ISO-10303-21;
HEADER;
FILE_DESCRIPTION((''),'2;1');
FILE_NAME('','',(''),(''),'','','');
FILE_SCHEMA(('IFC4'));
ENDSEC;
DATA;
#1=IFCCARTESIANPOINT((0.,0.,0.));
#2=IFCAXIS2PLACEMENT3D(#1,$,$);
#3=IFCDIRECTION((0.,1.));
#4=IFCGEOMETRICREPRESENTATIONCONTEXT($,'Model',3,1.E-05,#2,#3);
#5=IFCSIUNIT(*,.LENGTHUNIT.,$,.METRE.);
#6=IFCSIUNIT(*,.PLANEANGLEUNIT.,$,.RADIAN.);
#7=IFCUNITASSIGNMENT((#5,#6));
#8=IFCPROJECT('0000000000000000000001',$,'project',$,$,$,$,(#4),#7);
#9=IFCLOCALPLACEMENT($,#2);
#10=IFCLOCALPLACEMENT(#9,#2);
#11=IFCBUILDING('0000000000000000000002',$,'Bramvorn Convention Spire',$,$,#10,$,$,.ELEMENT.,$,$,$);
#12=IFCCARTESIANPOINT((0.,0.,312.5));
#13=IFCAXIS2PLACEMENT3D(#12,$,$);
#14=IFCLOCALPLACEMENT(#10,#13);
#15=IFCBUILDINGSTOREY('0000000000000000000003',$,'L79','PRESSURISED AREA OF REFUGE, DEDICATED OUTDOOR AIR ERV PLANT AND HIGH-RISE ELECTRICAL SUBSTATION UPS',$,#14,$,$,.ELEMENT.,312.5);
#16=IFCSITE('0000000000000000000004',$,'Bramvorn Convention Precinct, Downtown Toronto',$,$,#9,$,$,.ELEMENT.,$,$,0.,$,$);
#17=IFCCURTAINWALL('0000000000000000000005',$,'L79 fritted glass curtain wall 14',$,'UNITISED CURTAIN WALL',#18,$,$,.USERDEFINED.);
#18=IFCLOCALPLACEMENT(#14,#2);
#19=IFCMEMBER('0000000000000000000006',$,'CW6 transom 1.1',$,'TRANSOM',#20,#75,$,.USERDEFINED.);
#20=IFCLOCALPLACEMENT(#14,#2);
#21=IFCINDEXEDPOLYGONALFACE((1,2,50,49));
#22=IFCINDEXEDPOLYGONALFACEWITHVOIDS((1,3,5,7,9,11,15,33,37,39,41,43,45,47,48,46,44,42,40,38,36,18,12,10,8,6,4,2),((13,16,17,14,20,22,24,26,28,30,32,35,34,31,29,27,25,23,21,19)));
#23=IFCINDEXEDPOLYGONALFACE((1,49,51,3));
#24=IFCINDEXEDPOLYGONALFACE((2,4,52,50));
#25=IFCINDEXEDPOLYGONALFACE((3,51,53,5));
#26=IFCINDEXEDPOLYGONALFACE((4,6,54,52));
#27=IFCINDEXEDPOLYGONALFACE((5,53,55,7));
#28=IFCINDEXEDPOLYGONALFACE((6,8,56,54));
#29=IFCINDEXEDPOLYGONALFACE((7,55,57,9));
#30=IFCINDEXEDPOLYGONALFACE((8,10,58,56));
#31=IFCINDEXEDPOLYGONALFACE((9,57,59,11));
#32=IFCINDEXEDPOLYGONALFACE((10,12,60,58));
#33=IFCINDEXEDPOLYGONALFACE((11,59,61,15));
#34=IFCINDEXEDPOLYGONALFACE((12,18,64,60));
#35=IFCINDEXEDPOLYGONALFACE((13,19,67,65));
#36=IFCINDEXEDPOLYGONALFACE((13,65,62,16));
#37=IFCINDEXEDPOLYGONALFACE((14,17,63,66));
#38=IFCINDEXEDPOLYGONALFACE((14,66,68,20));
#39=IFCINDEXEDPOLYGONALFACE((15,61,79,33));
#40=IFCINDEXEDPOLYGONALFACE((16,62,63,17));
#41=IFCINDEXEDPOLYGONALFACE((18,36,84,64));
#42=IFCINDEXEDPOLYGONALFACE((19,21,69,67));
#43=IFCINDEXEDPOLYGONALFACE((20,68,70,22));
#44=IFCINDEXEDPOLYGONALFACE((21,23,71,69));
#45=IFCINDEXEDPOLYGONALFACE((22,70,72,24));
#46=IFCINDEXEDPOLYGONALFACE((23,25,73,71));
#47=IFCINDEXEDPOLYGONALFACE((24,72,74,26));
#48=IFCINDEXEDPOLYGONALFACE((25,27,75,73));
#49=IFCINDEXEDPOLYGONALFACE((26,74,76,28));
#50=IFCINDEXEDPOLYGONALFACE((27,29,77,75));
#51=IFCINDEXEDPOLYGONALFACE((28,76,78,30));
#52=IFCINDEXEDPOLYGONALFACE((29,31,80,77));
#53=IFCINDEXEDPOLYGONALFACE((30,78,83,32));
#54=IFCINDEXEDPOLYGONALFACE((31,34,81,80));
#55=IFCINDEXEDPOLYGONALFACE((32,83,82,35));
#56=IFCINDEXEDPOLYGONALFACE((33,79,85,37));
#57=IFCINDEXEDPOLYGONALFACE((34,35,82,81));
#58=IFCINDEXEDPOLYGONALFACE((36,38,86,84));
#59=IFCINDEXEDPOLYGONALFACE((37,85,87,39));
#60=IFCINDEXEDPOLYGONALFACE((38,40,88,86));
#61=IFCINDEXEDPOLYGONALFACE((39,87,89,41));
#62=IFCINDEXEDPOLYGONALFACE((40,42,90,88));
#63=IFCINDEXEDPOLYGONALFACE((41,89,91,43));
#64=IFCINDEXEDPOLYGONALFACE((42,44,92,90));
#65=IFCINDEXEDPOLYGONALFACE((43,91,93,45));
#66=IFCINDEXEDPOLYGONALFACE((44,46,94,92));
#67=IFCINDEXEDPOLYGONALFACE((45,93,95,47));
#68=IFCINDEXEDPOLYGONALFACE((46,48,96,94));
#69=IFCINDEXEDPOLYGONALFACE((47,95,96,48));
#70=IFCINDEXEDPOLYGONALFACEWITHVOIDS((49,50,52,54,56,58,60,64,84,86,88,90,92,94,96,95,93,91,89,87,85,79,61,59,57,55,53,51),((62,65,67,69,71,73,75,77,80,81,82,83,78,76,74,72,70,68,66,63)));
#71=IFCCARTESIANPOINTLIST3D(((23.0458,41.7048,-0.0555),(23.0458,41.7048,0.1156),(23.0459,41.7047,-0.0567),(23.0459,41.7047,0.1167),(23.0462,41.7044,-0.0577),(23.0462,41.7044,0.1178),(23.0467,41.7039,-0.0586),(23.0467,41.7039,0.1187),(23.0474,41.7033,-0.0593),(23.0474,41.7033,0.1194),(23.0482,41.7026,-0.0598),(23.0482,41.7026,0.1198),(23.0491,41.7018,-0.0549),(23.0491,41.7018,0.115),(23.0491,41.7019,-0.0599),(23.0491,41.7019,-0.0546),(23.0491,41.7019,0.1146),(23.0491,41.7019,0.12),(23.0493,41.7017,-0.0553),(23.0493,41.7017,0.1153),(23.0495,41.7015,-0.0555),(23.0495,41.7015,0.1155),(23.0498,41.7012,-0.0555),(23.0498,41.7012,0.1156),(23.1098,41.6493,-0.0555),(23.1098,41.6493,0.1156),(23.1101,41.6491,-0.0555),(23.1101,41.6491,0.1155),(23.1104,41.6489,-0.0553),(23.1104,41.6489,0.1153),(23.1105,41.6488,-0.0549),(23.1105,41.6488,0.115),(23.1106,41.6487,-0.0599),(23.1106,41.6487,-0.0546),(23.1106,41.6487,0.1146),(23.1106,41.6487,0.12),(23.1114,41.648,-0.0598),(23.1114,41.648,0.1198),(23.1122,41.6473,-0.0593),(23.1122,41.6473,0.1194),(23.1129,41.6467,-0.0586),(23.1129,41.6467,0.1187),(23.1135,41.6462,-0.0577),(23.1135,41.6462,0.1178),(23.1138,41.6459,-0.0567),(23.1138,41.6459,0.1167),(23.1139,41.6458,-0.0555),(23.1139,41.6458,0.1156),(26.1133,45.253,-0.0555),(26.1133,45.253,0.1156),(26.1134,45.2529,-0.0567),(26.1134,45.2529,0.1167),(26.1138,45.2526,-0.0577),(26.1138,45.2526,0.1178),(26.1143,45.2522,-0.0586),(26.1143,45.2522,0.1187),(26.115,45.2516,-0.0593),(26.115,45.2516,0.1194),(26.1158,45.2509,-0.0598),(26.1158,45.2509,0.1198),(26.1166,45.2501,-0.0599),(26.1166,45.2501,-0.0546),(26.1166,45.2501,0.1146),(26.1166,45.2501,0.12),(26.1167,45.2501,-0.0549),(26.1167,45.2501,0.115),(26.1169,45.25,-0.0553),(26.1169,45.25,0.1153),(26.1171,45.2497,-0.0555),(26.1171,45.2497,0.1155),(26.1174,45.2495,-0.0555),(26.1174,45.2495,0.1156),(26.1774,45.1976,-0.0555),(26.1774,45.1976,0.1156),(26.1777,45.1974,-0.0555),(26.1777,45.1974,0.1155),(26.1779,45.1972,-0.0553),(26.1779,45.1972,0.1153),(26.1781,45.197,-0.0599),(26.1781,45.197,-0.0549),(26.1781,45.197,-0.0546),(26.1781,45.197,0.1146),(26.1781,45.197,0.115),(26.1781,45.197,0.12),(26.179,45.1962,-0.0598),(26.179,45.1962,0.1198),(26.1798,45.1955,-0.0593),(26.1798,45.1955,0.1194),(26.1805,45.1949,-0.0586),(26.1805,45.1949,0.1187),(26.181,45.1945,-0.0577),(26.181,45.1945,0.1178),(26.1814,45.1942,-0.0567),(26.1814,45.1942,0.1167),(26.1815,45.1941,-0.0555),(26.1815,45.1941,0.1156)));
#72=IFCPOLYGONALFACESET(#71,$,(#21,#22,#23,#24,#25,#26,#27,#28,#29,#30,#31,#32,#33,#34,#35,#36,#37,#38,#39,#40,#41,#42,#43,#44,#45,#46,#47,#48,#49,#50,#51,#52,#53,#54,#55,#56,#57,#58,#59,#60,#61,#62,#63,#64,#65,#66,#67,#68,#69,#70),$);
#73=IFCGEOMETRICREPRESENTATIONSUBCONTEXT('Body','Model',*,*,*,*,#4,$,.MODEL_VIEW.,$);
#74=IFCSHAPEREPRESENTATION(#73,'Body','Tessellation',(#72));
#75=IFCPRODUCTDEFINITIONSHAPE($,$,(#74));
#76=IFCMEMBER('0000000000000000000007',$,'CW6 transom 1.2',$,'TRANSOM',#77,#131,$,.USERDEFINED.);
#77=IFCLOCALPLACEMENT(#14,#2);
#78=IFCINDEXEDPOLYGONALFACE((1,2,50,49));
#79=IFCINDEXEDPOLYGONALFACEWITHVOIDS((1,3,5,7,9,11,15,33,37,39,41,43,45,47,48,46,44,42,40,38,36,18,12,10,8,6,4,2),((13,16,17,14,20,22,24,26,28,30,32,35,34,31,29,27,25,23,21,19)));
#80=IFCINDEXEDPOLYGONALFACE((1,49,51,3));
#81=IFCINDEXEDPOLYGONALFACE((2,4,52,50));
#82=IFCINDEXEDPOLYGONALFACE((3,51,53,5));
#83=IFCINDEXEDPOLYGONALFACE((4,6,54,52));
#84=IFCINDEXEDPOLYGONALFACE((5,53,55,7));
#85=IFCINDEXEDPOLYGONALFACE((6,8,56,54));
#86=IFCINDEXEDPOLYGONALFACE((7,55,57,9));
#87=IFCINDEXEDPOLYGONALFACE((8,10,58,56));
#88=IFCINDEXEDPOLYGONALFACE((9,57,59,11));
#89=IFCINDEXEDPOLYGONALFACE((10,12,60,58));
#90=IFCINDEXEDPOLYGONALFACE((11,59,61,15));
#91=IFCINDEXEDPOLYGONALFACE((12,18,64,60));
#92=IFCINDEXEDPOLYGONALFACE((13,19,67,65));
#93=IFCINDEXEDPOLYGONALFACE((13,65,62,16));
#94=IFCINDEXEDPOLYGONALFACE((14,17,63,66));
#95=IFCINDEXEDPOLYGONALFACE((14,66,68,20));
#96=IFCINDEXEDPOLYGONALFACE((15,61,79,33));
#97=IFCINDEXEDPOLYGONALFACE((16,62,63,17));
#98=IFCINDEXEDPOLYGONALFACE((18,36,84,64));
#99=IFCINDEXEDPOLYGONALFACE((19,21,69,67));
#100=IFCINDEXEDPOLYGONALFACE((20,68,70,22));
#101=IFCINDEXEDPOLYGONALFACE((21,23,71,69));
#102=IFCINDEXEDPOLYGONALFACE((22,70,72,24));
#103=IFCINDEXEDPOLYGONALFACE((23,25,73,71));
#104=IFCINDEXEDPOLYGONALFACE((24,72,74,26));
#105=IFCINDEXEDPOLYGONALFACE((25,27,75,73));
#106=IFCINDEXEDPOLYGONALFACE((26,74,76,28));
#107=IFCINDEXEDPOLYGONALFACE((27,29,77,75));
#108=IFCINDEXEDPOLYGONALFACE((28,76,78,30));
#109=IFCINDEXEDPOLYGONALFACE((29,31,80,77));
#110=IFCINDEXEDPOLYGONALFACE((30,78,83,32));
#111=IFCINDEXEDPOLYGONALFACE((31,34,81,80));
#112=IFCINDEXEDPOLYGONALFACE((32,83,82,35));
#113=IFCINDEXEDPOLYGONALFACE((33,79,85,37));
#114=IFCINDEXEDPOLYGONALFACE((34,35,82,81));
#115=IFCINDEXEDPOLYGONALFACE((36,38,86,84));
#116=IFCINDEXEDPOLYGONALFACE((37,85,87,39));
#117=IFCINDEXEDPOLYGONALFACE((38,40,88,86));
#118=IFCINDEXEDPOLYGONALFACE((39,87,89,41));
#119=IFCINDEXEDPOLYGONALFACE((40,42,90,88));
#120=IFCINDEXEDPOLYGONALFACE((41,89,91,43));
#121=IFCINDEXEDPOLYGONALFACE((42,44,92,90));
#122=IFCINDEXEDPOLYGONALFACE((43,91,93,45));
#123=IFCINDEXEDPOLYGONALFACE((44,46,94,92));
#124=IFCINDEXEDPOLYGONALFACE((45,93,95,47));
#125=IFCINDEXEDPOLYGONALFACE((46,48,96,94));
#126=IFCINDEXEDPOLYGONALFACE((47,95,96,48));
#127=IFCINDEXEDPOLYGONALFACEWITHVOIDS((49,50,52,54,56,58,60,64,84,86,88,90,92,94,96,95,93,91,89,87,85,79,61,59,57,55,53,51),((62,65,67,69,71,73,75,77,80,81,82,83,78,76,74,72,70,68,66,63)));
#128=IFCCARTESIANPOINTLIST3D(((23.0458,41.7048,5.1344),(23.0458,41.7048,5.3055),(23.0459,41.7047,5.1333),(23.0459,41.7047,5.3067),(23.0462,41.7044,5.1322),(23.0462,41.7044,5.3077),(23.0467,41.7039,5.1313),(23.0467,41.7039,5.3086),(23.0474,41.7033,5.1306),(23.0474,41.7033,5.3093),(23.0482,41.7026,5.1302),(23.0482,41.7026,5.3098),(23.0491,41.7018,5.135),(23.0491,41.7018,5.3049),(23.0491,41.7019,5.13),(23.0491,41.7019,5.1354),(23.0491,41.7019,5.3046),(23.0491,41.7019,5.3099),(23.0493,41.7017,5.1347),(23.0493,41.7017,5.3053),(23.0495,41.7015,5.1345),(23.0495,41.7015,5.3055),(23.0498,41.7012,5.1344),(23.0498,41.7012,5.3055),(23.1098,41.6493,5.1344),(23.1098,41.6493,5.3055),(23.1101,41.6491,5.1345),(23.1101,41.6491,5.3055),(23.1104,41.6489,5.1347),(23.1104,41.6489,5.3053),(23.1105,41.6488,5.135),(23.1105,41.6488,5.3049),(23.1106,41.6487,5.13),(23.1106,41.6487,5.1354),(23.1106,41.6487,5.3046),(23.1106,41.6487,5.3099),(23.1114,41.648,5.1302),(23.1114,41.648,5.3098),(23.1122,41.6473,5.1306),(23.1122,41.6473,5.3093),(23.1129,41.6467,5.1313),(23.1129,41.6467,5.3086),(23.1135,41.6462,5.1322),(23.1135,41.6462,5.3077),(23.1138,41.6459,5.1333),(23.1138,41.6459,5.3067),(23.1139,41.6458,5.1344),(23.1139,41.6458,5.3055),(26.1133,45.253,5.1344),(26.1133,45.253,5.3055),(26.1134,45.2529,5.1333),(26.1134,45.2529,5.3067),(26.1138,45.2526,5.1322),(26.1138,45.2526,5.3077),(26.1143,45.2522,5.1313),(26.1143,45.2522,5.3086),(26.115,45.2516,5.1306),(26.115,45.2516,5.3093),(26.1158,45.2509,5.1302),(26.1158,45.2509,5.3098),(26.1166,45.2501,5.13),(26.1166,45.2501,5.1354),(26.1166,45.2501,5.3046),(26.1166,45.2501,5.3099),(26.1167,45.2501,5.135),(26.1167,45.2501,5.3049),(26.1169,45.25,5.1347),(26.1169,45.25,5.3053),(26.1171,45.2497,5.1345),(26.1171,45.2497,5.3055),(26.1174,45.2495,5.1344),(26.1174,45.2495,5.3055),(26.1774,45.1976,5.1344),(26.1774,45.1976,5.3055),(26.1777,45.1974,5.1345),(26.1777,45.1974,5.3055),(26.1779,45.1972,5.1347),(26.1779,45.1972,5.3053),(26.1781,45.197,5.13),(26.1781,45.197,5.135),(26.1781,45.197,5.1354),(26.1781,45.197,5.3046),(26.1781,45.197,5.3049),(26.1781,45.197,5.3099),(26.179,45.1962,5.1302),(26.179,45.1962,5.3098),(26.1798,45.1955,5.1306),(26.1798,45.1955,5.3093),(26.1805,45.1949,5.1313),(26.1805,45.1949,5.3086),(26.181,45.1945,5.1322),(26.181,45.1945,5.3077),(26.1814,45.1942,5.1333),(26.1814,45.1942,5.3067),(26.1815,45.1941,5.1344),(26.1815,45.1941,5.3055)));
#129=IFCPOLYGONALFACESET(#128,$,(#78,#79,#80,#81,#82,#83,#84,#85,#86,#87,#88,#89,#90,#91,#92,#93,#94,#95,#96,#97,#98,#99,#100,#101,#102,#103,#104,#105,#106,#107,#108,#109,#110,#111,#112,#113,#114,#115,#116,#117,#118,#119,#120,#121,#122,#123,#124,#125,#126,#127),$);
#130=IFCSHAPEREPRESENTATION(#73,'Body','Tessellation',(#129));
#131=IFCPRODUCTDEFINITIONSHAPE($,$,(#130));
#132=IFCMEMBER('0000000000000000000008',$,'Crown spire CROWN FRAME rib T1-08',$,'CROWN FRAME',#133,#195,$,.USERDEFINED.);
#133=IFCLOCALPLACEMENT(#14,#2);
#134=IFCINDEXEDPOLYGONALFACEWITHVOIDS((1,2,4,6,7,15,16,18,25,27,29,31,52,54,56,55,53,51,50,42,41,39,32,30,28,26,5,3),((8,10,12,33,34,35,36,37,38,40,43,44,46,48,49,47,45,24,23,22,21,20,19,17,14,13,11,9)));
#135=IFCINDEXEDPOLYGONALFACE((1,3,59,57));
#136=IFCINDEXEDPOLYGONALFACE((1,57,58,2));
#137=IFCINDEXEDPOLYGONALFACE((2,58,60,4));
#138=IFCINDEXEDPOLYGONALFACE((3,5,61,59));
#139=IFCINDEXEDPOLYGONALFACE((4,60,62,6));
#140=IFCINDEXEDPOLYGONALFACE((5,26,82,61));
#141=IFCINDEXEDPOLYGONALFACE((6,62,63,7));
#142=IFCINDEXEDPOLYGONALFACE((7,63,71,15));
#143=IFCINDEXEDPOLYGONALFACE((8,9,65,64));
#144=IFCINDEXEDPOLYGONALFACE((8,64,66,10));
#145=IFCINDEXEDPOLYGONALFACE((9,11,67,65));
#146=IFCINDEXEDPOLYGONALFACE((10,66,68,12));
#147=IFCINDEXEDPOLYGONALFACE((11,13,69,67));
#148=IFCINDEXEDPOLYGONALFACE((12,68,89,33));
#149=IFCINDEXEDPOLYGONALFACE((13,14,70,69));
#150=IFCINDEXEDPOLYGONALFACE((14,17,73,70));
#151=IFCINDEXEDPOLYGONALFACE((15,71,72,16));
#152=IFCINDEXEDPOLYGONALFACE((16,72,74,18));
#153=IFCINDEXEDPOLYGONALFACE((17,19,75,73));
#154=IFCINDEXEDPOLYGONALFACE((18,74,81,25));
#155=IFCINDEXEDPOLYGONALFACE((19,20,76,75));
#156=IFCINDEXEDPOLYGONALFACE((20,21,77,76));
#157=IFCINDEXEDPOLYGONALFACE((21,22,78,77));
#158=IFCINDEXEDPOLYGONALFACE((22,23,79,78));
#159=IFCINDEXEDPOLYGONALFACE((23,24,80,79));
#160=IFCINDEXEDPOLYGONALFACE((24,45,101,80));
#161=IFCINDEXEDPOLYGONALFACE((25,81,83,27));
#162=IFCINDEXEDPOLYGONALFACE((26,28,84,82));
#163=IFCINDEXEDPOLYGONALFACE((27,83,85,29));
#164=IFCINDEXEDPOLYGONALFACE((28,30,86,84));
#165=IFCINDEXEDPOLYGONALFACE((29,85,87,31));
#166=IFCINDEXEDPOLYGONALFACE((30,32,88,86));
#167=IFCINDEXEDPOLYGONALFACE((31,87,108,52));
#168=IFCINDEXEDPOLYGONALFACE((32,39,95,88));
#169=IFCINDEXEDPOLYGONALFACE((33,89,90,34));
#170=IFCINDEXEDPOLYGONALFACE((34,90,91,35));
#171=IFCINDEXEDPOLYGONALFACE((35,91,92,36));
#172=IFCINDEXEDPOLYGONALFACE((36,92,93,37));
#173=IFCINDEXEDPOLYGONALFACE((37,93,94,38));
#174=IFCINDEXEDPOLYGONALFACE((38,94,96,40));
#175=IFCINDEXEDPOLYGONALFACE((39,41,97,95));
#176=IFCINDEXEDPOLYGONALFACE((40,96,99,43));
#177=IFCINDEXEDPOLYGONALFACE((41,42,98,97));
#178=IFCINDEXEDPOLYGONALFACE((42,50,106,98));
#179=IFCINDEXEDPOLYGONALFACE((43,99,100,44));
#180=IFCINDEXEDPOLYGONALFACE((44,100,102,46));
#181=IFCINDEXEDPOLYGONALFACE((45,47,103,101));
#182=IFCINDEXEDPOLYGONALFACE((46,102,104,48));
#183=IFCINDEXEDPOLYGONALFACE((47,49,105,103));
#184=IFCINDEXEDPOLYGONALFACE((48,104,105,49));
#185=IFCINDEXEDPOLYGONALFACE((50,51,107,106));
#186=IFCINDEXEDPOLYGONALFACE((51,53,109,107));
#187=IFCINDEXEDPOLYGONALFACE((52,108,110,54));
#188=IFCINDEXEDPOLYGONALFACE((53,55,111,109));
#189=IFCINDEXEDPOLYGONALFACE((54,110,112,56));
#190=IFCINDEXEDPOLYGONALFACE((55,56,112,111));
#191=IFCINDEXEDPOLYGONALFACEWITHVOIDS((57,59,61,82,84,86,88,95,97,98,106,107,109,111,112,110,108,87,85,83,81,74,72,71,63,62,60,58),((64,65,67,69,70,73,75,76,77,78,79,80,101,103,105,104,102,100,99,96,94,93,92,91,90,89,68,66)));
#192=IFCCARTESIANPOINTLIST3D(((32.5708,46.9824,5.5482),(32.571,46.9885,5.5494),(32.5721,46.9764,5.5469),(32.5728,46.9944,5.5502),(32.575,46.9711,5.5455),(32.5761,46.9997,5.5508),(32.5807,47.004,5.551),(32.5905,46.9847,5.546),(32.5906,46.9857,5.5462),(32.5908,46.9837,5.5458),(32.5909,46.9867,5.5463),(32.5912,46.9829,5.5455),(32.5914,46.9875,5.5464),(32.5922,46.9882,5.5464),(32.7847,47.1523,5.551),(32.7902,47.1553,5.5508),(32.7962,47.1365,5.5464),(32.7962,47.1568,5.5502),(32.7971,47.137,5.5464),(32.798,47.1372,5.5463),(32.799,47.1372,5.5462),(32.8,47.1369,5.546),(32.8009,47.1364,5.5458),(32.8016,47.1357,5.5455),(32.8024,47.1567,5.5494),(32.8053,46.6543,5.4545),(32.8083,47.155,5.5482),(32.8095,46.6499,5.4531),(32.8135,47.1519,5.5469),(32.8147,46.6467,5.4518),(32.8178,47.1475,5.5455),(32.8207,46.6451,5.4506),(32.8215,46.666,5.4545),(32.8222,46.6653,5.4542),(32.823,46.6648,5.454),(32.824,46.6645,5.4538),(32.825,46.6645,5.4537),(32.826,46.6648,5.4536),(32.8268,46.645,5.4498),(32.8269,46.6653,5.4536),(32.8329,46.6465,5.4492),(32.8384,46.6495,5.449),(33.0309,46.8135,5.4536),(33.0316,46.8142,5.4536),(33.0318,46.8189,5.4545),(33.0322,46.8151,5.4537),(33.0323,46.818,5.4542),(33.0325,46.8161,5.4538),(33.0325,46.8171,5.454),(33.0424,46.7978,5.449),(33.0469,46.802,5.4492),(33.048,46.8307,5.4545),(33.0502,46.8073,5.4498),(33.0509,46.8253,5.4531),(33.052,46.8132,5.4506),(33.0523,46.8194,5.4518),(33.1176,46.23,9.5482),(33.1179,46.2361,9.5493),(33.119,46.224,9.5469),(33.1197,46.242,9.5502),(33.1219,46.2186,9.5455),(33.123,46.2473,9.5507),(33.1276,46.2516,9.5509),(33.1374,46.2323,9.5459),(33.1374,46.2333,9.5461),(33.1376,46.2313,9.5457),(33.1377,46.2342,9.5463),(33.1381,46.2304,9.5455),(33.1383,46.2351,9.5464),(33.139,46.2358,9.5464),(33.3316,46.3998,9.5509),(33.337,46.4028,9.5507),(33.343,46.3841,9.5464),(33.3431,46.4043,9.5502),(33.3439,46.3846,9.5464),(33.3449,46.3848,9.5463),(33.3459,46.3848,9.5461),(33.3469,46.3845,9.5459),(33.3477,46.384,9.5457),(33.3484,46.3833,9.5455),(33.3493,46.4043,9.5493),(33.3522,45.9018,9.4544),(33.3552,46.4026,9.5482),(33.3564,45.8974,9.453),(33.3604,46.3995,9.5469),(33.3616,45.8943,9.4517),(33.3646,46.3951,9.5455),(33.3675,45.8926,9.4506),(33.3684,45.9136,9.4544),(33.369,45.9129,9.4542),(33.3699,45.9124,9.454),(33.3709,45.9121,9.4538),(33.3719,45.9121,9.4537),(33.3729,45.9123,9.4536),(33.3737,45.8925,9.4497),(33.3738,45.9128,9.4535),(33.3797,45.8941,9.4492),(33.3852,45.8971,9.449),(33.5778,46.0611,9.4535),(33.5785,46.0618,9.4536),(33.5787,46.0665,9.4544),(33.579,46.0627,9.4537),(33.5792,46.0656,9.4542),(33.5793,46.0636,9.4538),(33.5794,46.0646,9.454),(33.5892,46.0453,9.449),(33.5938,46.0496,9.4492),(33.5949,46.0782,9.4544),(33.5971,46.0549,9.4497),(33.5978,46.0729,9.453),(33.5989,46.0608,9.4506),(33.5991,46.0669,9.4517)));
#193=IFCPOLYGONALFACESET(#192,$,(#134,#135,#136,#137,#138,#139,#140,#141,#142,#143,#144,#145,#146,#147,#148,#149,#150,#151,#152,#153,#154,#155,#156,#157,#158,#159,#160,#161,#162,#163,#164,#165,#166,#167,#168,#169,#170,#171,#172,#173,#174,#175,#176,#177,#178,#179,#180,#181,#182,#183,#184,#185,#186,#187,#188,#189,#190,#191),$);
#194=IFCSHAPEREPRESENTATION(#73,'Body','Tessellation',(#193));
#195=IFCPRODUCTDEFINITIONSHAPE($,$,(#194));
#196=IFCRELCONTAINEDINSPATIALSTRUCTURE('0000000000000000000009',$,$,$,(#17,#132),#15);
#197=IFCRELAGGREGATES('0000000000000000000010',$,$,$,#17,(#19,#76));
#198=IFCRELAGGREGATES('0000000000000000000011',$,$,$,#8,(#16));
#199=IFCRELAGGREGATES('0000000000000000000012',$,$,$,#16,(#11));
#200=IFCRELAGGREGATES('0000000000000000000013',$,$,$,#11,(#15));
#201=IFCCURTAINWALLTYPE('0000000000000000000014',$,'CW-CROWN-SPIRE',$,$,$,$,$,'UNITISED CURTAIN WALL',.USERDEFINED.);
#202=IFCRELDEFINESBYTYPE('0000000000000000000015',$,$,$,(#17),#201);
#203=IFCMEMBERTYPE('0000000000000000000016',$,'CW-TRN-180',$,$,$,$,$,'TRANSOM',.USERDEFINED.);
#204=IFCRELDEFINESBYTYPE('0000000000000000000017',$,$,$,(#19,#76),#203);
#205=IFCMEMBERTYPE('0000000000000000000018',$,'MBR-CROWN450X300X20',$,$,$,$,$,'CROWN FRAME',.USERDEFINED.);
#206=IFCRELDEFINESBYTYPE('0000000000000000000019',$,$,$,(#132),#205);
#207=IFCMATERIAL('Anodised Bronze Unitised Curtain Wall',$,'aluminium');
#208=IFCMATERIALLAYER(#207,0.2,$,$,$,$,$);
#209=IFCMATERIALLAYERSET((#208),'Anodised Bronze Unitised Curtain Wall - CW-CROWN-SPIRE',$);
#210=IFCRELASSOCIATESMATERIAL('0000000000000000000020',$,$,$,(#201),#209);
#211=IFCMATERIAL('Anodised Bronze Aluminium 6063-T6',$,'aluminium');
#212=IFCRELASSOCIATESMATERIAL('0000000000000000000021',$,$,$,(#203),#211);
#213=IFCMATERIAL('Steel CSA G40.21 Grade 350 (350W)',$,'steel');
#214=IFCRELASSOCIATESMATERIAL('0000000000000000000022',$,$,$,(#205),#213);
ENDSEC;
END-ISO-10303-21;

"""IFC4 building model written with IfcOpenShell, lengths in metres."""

from ifc_helpers import new_model, si_unit, direction, frame, origin, origin_2d, place, context, subcontext, project, spatial, hollow_rectangle, extrude, material, layer, layer_set, material_profile, profile_set, type_object, element, aggregate, save


model = new_model("IFC4")

# Units and contexts
model_context = context("Model", 3, precision=1e-05, world=origin(), true_north=direction((0.0, 1.0)))
body_context = subcontext(model_context, "Body", "Model", "MODEL_VIEW")
ifc_project = project(units=[si_unit("LENGTHUNIT", "METRE"), si_unit("PLANEANGLEUNIT", "RADIAN")], contexts=[model_context])

# Site, building, storey
site_placement = place(None, origin())
site = spatial("IfcSite", under=ifc_project, at=site_placement, Name="Bramvorn Convention Precinct, Downtown Toronto", CompositionType="ELEMENT", RefElevation=0.0)
building_placement = place(site_placement, origin())
building = spatial("IfcBuilding", under=site, at=building_placement, Name="Bramvorn Convention Spire", CompositionType="ELEMENT")
storey_placement = place(building_placement, frame((0.0, 0.0, 312.5)))
storey = spatial("IfcBuildingStorey", under=building, at=storey_placement, Name="L79", Description="PRESSURISED AREA OF REFUGE, DEDICATED OUTDOOR AIR ERV PLANT AND HIGH-RISE ELECTRICAL SUBSTATION UPS", CompositionType="ELEMENT", Elevation=312.5)

# Shared definitions
ifc_material_1 = material(Name="Steel CSA G40.21 Grade 350 (350W)", Category="steel")

# Shared definitions
ifc_material_2 = material(Name="Anodised Bronze Unitised Curtain Wall", Category="aluminium")
ifc_layer_1 = layer(ifc_material_2, 0.2)
ifc_layer_set_1 = layer_set([ifc_layer_1], Name="Anodised Bronze Unitised Curtain Wall - CW-CROWN-SPIRE")
curtain_wall_type = type_object("IfcCurtainWallType", Name="CW-CROWN-SPIRE", ElementType="UNITISED CURTAIN WALL", PredefinedType="USERDEFINED", material=ifc_layer_set_1)
ifc_material_3 = material(Name="Anodised Bronze Aluminium 6063-T6", Category="aluminium")

# Curtain wall
curtain_wall_1_placement = place(storey_placement, origin())
curtain_wall_1 = element("IfcCurtainWall", 1, at=curtain_wall_1_placement, inside=storey, type_object=curtain_wall_type, Name="L79 fritted glass curtain wall 14", ObjectType="UNITISED CURTAIN WALL", PredefinedType="USERDEFINED")

# Members
ifc_material_profile_1 = material_profile(ifc_material_3, hollow_rectangle(XDim=0.0901, YDim=0.1799, WallThickness=0.0044, InnerFilletRadius=0.001, OuterFilletRadius=0.0044, at=origin_2d()))
ifc_profile_set_1 = profile_set([ifc_material_profile_1], Name="Anodised Bronze Aluminium 6063-T6 - CWT90X180")
member_type_1 = type_object("IfcMemberType", Name="CW-TRN-180", ElementType="TRANSOM", PredefinedType="USERDEFINED", material=ifc_profile_set_1)
member_1_placement = place(storey_placement, frame((23.0798, 41.6753, 0.03), z_axis=(0.654005, 0.756491, 0.0), x_axis=(-0.756491, 0.654005, 0.0)))
member_1 = element("IfcMember", 2, at=member_1_placement, type_object=member_type_1, Name="CW6 transom 1.1", ObjectType="TRANSOM", PredefinedType="USERDEFINED", context=body_context, shape_type="SweptSolid", body=[
    extrude(hollow_rectangle(XDim=0.0901, YDim=0.1799, WallThickness=0.0044, InnerFilletRadius=0.001, OuterFilletRadius=0.0044, at=origin_2d()), origin(), (0.0, 0.0, 1.0), 4.6904),
])
member_2_placement = place(storey_placement, frame((23.0798, 41.6753, 5.22), z_axis=(0.654005, 0.756491, 0.0), x_axis=(-0.756491, 0.654005, 0.0)))
member_2 = element("IfcMember", 3, at=member_2_placement, type_object=member_type_1, Name="CW6 transom 1.2", ObjectType="TRANSOM", PredefinedType="USERDEFINED", context=body_context, shape_type="SweptSolid", body=[
    extrude(hollow_rectangle(XDim=0.0901, YDim=0.1799, WallThickness=0.0044, InnerFilletRadius=0.001, OuterFilletRadius=0.0044, at=origin_2d()), origin(), (0.0, 0.0, 1.0), 4.6904),
])

# Member
ifc_material_profile_2 = material_profile(ifc_material_1, hollow_rectangle(XDim=0.3, YDim=0.45, WallThickness=0.02, InnerFilletRadius=0.0039, OuterFilletRadius=0.0239, at=origin_2d()))
ifc_profile_set_2 = profile_set([ifc_material_profile_2], Name="Steel CSA G40.21 Grade 350 (350W) - CROWN450X300X20")
member_type_2 = type_object("IfcMemberType", Name="MBR-CROWN450X300X20", ElementType="CROWN FRAME", PredefinedType="USERDEFINED", material=ifc_profile_set_2)
member_3_placement = place(storey_placement, frame((32.8115, 46.9009, 5.5), z_axis=(0.133166, -0.183221, 0.974011), x_axis=(0.808918, 0.587922, 0.0)))
element("IfcMember", 4, at=member_3_placement, inside=storey, type_object=member_type_2, Name="Crown spire CROWN FRAME rib T1-08", ObjectType="CROWN FRAME", PredefinedType="USERDEFINED", context=body_context, shape_type="SweptSolid", body=[
    extrude(hollow_rectangle(XDim=0.3, YDim=0.45, WallThickness=0.02, InnerFilletRadius=0.0039, OuterFilletRadius=0.0239, at=origin_2d()), origin(), (0.0, 0.0, 1.0), 4.1067),
])

aggregate(curtain_wall_1, [member_1, member_2])

save(model, "model.ifc")
